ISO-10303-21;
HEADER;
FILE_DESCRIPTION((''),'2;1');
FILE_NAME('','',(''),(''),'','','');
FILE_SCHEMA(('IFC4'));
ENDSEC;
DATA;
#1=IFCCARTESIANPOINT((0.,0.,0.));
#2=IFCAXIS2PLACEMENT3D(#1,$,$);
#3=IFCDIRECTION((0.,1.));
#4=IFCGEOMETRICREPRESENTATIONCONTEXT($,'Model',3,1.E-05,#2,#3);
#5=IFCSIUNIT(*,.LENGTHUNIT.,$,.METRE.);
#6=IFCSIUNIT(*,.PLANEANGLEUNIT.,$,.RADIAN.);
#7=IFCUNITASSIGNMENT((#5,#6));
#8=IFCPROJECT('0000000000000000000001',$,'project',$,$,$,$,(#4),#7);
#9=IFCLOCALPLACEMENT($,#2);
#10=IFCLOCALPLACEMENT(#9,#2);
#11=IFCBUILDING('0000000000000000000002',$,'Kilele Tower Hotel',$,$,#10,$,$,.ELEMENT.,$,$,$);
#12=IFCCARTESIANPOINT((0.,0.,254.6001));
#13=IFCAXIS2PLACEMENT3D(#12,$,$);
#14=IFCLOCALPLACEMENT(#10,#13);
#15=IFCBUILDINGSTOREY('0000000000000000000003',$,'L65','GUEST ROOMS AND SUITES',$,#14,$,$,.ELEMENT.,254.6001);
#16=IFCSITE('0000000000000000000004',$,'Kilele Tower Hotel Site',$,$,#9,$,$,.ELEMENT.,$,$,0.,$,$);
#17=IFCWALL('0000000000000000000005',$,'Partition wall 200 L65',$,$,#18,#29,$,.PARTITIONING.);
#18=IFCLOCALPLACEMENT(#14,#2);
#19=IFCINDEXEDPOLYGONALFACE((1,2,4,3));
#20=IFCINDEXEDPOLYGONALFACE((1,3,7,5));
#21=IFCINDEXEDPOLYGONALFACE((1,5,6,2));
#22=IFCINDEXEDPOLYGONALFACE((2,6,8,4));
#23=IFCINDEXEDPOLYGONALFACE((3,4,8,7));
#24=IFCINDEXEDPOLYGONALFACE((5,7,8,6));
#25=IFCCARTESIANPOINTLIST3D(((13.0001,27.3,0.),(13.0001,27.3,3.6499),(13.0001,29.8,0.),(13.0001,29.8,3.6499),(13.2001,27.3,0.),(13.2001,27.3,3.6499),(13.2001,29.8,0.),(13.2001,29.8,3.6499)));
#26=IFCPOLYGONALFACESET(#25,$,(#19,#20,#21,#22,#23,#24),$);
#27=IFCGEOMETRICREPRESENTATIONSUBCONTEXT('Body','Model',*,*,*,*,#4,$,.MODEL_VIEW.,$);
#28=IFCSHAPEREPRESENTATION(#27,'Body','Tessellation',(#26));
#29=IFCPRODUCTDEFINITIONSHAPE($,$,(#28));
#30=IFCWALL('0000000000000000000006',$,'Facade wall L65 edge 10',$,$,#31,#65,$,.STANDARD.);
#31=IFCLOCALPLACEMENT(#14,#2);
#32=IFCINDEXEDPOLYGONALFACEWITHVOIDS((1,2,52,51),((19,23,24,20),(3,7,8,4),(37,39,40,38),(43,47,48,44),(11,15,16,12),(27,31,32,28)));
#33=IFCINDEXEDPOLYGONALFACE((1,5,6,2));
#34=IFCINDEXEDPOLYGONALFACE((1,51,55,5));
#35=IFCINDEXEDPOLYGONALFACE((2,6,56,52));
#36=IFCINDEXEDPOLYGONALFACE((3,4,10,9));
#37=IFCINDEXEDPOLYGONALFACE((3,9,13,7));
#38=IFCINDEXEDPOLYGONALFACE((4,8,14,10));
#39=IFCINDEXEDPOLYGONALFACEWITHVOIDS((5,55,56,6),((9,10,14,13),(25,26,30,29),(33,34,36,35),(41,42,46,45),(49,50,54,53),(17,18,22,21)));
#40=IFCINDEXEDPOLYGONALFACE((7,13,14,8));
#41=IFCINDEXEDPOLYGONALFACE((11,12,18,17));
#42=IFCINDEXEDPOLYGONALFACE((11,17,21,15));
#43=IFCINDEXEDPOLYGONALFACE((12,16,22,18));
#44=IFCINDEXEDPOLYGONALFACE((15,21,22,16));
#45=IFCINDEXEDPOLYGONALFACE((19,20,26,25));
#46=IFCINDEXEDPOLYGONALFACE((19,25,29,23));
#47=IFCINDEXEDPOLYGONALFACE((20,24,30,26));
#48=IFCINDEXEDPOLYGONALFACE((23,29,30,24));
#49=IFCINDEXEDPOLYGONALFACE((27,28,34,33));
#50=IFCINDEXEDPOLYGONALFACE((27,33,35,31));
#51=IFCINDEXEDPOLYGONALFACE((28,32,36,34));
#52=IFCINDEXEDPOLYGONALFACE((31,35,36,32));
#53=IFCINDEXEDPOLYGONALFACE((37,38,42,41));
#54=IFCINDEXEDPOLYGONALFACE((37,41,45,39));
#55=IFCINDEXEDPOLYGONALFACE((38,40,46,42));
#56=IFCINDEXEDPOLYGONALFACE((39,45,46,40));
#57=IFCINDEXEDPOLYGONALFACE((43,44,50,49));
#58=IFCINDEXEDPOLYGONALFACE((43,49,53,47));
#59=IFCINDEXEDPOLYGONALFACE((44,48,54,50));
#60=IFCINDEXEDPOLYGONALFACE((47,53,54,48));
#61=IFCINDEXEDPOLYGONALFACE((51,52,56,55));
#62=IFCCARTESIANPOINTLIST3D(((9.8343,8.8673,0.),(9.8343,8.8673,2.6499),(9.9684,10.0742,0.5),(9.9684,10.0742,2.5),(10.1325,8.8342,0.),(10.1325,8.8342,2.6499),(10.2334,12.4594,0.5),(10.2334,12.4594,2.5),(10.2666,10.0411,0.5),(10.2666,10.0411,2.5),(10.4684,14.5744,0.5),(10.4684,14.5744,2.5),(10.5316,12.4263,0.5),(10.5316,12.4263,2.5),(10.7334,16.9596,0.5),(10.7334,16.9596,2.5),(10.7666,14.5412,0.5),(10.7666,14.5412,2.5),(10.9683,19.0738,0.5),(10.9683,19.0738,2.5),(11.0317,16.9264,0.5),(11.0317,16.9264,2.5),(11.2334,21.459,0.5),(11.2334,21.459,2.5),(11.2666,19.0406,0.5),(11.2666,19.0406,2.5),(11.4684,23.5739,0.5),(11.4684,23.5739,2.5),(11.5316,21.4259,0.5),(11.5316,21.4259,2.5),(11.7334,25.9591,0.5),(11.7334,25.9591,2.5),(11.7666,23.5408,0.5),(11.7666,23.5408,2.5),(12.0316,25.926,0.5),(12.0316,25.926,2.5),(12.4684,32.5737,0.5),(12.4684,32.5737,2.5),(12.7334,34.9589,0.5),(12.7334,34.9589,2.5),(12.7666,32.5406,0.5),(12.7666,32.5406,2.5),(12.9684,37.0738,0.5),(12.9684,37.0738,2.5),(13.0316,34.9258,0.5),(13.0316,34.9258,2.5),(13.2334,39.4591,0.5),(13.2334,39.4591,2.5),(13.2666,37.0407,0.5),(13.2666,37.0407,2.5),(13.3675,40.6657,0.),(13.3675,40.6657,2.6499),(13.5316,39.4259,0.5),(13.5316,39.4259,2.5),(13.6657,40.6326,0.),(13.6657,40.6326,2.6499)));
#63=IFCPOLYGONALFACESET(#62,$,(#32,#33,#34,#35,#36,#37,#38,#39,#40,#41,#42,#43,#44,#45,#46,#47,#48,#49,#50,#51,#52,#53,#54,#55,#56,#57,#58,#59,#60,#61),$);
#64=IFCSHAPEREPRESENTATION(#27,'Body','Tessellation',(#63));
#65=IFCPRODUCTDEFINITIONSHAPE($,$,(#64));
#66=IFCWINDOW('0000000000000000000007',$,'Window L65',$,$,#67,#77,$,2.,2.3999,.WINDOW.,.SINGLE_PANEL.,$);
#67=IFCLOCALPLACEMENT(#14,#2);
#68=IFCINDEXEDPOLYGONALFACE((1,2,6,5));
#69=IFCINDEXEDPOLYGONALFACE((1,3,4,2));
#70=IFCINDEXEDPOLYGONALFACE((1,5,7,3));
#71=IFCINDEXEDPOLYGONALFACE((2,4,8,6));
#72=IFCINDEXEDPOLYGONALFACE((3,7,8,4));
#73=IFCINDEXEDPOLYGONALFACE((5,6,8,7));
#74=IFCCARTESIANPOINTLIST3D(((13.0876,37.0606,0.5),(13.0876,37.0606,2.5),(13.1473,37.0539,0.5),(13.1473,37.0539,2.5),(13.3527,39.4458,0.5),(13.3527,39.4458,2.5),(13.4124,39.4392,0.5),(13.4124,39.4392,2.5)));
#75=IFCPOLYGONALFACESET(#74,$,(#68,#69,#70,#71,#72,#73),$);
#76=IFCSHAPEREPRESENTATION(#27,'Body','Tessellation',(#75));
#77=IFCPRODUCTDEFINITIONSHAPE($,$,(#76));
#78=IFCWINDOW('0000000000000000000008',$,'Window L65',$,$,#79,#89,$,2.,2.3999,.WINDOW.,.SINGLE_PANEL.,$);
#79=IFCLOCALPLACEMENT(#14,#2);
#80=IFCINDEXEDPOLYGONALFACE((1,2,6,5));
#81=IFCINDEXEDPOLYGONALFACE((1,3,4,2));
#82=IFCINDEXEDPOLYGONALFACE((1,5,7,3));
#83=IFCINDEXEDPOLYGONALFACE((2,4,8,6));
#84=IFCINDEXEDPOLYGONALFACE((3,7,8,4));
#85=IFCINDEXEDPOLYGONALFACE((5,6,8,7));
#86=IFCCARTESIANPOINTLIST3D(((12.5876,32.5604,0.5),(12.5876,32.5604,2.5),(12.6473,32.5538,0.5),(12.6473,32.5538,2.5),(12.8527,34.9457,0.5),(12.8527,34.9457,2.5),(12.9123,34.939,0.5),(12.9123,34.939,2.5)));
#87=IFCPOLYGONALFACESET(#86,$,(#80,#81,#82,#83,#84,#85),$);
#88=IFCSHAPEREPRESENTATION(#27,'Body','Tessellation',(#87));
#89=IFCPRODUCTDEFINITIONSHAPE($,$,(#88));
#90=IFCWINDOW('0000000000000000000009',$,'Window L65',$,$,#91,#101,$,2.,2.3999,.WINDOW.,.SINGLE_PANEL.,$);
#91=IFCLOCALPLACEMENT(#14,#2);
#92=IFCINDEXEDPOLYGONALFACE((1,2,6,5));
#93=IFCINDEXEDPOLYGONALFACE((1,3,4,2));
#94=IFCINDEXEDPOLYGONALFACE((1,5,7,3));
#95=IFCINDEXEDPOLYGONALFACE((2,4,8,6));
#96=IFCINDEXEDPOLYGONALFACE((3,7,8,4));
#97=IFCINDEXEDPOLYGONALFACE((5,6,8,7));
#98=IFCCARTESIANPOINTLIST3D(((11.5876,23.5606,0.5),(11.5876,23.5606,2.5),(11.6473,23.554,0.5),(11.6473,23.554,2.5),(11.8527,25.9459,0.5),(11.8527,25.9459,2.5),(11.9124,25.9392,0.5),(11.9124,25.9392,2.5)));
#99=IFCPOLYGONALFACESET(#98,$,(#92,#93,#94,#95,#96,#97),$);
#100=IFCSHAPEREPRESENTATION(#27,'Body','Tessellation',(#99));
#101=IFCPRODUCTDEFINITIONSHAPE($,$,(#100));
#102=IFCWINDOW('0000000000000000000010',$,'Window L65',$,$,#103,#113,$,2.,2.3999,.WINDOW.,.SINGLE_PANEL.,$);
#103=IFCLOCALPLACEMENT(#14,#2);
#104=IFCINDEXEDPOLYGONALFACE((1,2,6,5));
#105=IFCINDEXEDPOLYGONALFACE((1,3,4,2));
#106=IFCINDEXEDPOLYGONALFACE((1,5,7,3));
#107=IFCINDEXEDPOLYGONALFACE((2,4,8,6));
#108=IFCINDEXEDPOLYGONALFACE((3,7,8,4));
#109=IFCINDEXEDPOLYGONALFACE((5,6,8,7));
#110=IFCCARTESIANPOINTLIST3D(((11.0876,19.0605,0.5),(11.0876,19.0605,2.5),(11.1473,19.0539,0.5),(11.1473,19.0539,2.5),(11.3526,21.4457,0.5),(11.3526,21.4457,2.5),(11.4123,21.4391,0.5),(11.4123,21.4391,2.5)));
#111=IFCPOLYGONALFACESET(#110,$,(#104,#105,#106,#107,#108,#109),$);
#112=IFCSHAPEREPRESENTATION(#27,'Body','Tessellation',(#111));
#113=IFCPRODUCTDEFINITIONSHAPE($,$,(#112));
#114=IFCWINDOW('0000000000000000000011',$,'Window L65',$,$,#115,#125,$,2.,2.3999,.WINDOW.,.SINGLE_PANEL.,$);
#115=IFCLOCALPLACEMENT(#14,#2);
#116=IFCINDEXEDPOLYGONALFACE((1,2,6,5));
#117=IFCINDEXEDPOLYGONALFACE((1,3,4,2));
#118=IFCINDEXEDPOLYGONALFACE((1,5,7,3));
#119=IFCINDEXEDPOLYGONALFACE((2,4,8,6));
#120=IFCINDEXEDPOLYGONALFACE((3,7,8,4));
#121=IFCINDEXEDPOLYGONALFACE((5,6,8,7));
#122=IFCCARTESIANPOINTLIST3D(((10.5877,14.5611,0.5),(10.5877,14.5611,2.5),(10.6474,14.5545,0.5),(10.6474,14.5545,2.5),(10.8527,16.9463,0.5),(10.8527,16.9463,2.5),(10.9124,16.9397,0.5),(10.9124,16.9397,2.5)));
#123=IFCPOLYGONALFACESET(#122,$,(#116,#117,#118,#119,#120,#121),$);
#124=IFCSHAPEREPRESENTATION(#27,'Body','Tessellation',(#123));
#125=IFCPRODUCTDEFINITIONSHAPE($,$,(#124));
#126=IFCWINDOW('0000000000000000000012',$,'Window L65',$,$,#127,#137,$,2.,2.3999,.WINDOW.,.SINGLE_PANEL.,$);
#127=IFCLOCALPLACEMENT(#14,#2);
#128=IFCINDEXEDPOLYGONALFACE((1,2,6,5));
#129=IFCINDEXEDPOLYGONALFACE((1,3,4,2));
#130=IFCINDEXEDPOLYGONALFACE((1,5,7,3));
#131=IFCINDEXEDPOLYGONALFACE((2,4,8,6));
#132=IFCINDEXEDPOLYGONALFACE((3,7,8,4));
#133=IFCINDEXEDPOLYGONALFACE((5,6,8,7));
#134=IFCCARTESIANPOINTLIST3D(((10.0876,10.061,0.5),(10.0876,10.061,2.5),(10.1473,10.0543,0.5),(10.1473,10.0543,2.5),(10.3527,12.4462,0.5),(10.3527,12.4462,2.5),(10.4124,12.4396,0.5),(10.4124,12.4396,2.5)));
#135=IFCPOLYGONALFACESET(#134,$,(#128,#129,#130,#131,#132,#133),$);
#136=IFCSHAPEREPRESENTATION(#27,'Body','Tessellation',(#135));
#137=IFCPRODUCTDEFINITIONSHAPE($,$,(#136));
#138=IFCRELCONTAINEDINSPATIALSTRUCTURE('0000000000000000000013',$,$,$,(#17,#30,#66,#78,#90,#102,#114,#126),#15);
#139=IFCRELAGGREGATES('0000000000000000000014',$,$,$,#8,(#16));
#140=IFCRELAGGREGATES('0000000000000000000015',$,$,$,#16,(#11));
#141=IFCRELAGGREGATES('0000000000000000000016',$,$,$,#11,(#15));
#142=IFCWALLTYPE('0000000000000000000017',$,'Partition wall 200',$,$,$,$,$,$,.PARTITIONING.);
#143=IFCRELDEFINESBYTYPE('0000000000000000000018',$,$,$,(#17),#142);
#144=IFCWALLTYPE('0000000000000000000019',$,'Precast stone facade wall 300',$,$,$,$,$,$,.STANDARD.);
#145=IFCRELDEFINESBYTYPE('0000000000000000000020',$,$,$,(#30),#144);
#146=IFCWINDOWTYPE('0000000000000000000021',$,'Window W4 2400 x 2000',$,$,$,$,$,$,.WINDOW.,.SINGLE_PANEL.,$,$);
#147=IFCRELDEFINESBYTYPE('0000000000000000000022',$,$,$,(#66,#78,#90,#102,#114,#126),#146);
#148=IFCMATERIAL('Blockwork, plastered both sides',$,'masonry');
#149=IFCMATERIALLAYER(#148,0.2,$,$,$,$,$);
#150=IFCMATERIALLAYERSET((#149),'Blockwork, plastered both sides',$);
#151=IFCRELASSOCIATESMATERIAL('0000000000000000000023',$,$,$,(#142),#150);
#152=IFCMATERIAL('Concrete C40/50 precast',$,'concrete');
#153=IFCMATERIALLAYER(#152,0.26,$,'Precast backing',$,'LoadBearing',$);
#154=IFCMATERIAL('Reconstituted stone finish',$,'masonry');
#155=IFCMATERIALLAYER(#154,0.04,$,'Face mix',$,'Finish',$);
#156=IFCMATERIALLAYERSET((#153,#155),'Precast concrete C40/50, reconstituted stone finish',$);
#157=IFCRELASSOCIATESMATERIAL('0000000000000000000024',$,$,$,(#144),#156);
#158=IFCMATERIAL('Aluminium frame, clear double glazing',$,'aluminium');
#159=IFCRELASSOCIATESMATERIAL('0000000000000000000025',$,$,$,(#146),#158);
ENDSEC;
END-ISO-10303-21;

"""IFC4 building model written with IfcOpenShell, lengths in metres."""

from ifc_helpers import new_model, si_unit, direction, frame, frame_2d, origin, place, context, subcontext, project, spatial, rectangle, extrude, material, layer, layer_set, type_object, element, fill, save


model = new_model("IFC4")

# Units and contexts
model_context = context("Model", 3, precision=1e-05, world=origin(), true_north=direction((0.0, 1.0)))
body_context = subcontext(model_context, "Body", "Model", "MODEL_VIEW")
ifc_project = project(units=[si_unit("LENGTHUNIT", "METRE"), si_unit("PLANEANGLEUNIT", "RADIAN")], contexts=[model_context])

# Site, building, storey
site_placement = place(None, origin())
site = spatial("IfcSite", under=ifc_project, at=site_placement, Name="Kilele Tower Hotel Site", CompositionType="ELEMENT", RefElevation=0.0)
building_placement = place(site_placement, origin())
building = spatial("IfcBuilding", under=site, at=building_placement, Name="Kilele Tower Hotel", CompositionType="ELEMENT")
storey_placement = place(building_placement, frame((0.0, 0.0, 254.6001)))
storey = spatial("IfcBuildingStorey", under=building, at=storey_placement, Name="L65", Description="GUEST ROOMS AND SUITES", CompositionType="ELEMENT", Elevation=254.6001)

# Wall
ifc_material_1 = material(Name="Blockwork, plastered both sides", Category="masonry")
ifc_layer_1 = layer(ifc_material_1, 0.2)
ifc_layer_set_1 = layer_set([ifc_layer_1], Name="Blockwork, plastered both sides")
wall_type_1 = type_object("IfcWallType", Name="Partition wall 200", PredefinedType="PARTITIONING", material=ifc_layer_set_1)
wall_1_placement = place(storey_placement, frame((13.1001, 27.3, 0.0), z_axis=(0.0, 0.0, 1.0), x_axis=(0.0, 1.0, 0.0)))
element("IfcWall", 1, at=wall_1_placement, inside=storey, type_object=wall_type_1, Name="Partition wall 200 L65", PredefinedType="PARTITIONING", context=body_context, shape_type="SweptSolid", body=[
    extrude(rectangle(XDim=2.5, YDim=0.2, at=frame_2d((1.25, 0.0))), origin(), (0.0, 0.0, 1.0), 3.6499),
])

# Wall, openings, windows
ifc_material_2 = material(Name="Concrete C40/50 precast", Category="concrete")
ifc_layer_2 = layer(ifc_material_2, 0.26, Name="Precast backing", Category="LoadBearing")
ifc_material_3 = material(Name="Reconstituted stone finish", Category="masonry")
ifc_layer_3 = layer(ifc_material_3, 0.04, Name="Face mix", Category="Finish")
ifc_layer_set_2 = layer_set([ifc_layer_2, ifc_layer_3], Name="Precast concrete C40/50, reconstituted stone finish")
wall_type_2 = type_object("IfcWallType", Name="Precast stone facade wall 300", PredefinedType="STANDARD", material=ifc_layer_set_2)
wall_2_placement = place(storey_placement, frame((13.5166, 40.6492, 0.0), z_axis=(0.0, 0.0, 1.0), x_axis=(-0.110433, -0.993884, 0.0)))
wall_2 = element("IfcWall", 2, at=wall_2_placement, inside=storey, type_object=wall_type_2, Name="Facade wall L65 edge 10", PredefinedType="STANDARD", context=body_context, shape_type="SweptSolid", body=[
    extrude(rectangle(XDim=31.9941, YDim=0.3, at=frame_2d((15.9971, 0.0))), origin(), (0.0, 0.0, 1.0), 2.6499),
])
opening_1_placement = place(wall_2_placement, frame((1.2141, 0.0, 0.5)))
opening_1 = element("IfcOpeningElement", 3, at=opening_1_placement, cuts=wall_2, PredefinedType="OPENING", context=body_context, shape_type="SweptSolid", body=[
    extrude(rectangle(XDim=2.3999, YDim=2.0, at=frame_2d((1.2, 1.0))), frame((0.0, 0.1599, 0.0), z_axis=(0.0, -1.0, 0.0), x_axis=(1.0, 0.0, 0.0)), (0.0, 0.0, 1.0), 0.3201),
])
opening_2_placement = place(wall_2_placement, frame((5.7419, 0.0, 0.5)))
opening_2 = element("IfcOpeningElement", 4, at=opening_2_placement, cuts=wall_2, PredefinedType="OPENING", context=body_context, shape_type="SweptSolid", body=[
    extrude(rectangle(XDim=2.3999, YDim=2.0, at=frame_2d((1.2, 1.0))), frame((0.0, 0.1599, 0.0), z_axis=(0.0, -1.0, 0.0), x_axis=(1.0, 0.0, 0.0)), (0.0, 0.0, 1.0), 0.3201),
])
opening_3_placement = place(wall_2_placement, frame((14.7971, 0.0, 0.5)))
opening_3 = element("IfcOpeningElement", 5, at=opening_3_placement, cuts=wall_2, PredefinedType="OPENING", context=body_context, shape_type="SweptSolid", body=[
    extrude(rectangle(XDim=2.3999, YDim=2.0, at=frame_2d((1.2, 1.0))), frame((0.0, 0.1599, 0.0), z_axis=(0.0, -1.0, 0.0), x_axis=(1.0, 0.0, 0.0)), (0.0, 0.0, 1.0), 0.3201),
])
opening_4_placement = place(wall_2_placement, frame((19.325, 0.0, 0.5)))
opening_4 = element("IfcOpeningElement", 6, at=opening_4_placement, cuts=wall_2, PredefinedType="OPENING", context=body_context, shape_type="SweptSolid", body=[
    extrude(rectangle(XDim=2.3999, YDim=2.0, at=frame_2d((1.2, 1.0))), frame((0.0, 0.1599, 0.0), z_axis=(0.0, -1.0, 0.0), x_axis=(1.0, 0.0, 0.0)), (0.0, 0.0, 1.0), 0.3201),
])
opening_5_placement = place(wall_2_placement, frame((23.8521, 0.0, 0.5)))
opening_5 = element("IfcOpeningElement", 7, at=opening_5_placement, cuts=wall_2, PredefinedType="OPENING", context=body_context, shape_type="SweptSolid", body=[
    extrude(rectangle(XDim=2.3999, YDim=2.0, at=frame_2d((1.2, 1.0))), frame((0.0, 0.1599, 0.0), z_axis=(0.0, -1.0, 0.0), x_axis=(1.0, 0.0, 0.0)), (0.0, 0.0, 1.0), 0.3201),
])
opening_6_placement = place(wall_2_placement, frame((28.3799, 0.0, 0.5)))
opening_6 = element("IfcOpeningElement", 8, at=opening_6_placement, cuts=wall_2, PredefinedType="OPENING", context=body_context, shape_type="SweptSolid", body=[
    extrude(rectangle(XDim=2.3999, YDim=2.0, at=frame_2d((1.2, 1.0))), frame((0.0, 0.1599, 0.0), z_axis=(0.0, -1.0, 0.0), x_axis=(1.0, 0.0, 0.0)), (0.0, 0.0, 1.0), 0.3201),
])
ifc_material_4 = material(Name="Aluminium frame, clear double glazing", Category="aluminium")
window_type = type_object("IfcWindowType", Name="Window W4 2400 x 2000", PartitioningType="SINGLE_PANEL", PredefinedType="WINDOW", material=ifc_material_4)
window_1_placement = place(opening_1_placement, origin())
window_1 = element("IfcWindow", 9, at=window_1_placement, inside=storey, type_object=window_type, Name="Window L65", OverallHeight=2.0, OverallWidth=2.3999, PartitioningType="SINGLE_PANEL", PredefinedType="WINDOW", context=body_context, shape_type="SweptSolid", body=[
    extrude(rectangle(XDim=2.3999, YDim=2.0, at=frame_2d((1.2, 1.0))), frame((0.0, 0.03, 0.0), z_axis=(0.0, -1.0, 0.0), x_axis=(1.0, 0.0, 0.0)), (0.0, 0.0, 1.0), 0.0601),
])
fill(opening_1, window_1)
window_2_placement = place(opening_2_placement, origin())
window_2 = element("IfcWindow", 10, at=window_2_placement, inside=storey, type_object=window_type, Name="Window L65", OverallHeight=2.0, OverallWidth=2.3999, PartitioningType="SINGLE_PANEL", PredefinedType="WINDOW", context=body_context, shape_type="SweptSolid", body=[
    extrude(rectangle(XDim=2.3999, YDim=2.0, at=frame_2d((1.2, 1.0))), frame((0.0, 0.03, 0.0), z_axis=(0.0, -1.0, 0.0), x_axis=(1.0, 0.0, 0.0)), (0.0, 0.0, 1.0), 0.0601),
])
fill(opening_2, window_2)
window_3_placement = place(opening_3_placement, origin())
window_3 = element("IfcWindow", 11, at=window_3_placement, inside=storey, type_object=window_type, Name="Window L65", OverallHeight=2.0, OverallWidth=2.3999, PartitioningType="SINGLE_PANEL", PredefinedType="WINDOW", context=body_context, shape_type="SweptSolid", body=[
    extrude(rectangle(XDim=2.3999, YDim=2.0, at=frame_2d((1.2, 1.0))), frame((0.0, 0.03, 0.0), z_axis=(0.0, -1.0, 0.0), x_axis=(1.0, 0.0, 0.0)), (0.0, 0.0, 1.0), 0.0601),
])
fill(opening_3, window_3)
window_4_placement = place(opening_4_placement, origin())
window_4 = element("IfcWindow", 12, at=window_4_placement, inside=storey, type_object=window_type, Name="Window L65", OverallHeight=2.0, OverallWidth=2.3999, PartitioningType="SINGLE_PANEL", PredefinedType="WINDOW", context=body_context, shape_type="SweptSolid", body=[
    extrude(rectangle(XDim=2.3999, YDim=2.0, at=frame_2d((1.2, 1.0))), frame((0.0, 0.03, 0.0), z_axis=(0.0, -1.0, 0.0), x_axis=(1.0, 0.0, 0.0)), (0.0, 0.0, 1.0), 0.0601),
])
fill(opening_4, window_4)
window_5_placement = place(opening_5_placement, origin())
window_5 = element("IfcWindow", 13, at=window_5_placement, inside=storey, type_object=window_type, Name="Window L65", OverallHeight=2.0, OverallWidth=2.3999, PartitioningType="SINGLE_PANEL", PredefinedType="WINDOW", context=body_context, shape_type="SweptSolid", body=[
    extrude(rectangle(XDim=2.3999, YDim=2.0, at=frame_2d((1.2, 1.0))), frame((0.0, 0.03, 0.0), z_axis=(0.0, -1.0, 0.0), x_axis=(1.0, 0.0, 0.0)), (0.0, 0.0, 1.0), 0.0601),
])
fill(opening_5, window_5)
window_6_placement = place(opening_6_placement, origin())
window_6 = element("IfcWindow", 14, at=window_6_placement, inside=storey, type_object=window_type, Name="Window L65", OverallHeight=2.0, OverallWidth=2.3999, PartitioningType="SINGLE_PANEL", PredefinedType="WINDOW", context=body_context, shape_type="SweptSolid", body=[
    extrude(rectangle(XDim=2.3999, YDim=2.0, at=frame_2d((1.2, 1.0))), frame((0.0, 0.03, 0.0), z_axis=(0.0, -1.0, 0.0), x_axis=(1.0, 0.0, 0.0)), (0.0, 0.0, 1.0), 0.0601),
])
fill(opening_6, window_6)

save(model, "model.ifc")
